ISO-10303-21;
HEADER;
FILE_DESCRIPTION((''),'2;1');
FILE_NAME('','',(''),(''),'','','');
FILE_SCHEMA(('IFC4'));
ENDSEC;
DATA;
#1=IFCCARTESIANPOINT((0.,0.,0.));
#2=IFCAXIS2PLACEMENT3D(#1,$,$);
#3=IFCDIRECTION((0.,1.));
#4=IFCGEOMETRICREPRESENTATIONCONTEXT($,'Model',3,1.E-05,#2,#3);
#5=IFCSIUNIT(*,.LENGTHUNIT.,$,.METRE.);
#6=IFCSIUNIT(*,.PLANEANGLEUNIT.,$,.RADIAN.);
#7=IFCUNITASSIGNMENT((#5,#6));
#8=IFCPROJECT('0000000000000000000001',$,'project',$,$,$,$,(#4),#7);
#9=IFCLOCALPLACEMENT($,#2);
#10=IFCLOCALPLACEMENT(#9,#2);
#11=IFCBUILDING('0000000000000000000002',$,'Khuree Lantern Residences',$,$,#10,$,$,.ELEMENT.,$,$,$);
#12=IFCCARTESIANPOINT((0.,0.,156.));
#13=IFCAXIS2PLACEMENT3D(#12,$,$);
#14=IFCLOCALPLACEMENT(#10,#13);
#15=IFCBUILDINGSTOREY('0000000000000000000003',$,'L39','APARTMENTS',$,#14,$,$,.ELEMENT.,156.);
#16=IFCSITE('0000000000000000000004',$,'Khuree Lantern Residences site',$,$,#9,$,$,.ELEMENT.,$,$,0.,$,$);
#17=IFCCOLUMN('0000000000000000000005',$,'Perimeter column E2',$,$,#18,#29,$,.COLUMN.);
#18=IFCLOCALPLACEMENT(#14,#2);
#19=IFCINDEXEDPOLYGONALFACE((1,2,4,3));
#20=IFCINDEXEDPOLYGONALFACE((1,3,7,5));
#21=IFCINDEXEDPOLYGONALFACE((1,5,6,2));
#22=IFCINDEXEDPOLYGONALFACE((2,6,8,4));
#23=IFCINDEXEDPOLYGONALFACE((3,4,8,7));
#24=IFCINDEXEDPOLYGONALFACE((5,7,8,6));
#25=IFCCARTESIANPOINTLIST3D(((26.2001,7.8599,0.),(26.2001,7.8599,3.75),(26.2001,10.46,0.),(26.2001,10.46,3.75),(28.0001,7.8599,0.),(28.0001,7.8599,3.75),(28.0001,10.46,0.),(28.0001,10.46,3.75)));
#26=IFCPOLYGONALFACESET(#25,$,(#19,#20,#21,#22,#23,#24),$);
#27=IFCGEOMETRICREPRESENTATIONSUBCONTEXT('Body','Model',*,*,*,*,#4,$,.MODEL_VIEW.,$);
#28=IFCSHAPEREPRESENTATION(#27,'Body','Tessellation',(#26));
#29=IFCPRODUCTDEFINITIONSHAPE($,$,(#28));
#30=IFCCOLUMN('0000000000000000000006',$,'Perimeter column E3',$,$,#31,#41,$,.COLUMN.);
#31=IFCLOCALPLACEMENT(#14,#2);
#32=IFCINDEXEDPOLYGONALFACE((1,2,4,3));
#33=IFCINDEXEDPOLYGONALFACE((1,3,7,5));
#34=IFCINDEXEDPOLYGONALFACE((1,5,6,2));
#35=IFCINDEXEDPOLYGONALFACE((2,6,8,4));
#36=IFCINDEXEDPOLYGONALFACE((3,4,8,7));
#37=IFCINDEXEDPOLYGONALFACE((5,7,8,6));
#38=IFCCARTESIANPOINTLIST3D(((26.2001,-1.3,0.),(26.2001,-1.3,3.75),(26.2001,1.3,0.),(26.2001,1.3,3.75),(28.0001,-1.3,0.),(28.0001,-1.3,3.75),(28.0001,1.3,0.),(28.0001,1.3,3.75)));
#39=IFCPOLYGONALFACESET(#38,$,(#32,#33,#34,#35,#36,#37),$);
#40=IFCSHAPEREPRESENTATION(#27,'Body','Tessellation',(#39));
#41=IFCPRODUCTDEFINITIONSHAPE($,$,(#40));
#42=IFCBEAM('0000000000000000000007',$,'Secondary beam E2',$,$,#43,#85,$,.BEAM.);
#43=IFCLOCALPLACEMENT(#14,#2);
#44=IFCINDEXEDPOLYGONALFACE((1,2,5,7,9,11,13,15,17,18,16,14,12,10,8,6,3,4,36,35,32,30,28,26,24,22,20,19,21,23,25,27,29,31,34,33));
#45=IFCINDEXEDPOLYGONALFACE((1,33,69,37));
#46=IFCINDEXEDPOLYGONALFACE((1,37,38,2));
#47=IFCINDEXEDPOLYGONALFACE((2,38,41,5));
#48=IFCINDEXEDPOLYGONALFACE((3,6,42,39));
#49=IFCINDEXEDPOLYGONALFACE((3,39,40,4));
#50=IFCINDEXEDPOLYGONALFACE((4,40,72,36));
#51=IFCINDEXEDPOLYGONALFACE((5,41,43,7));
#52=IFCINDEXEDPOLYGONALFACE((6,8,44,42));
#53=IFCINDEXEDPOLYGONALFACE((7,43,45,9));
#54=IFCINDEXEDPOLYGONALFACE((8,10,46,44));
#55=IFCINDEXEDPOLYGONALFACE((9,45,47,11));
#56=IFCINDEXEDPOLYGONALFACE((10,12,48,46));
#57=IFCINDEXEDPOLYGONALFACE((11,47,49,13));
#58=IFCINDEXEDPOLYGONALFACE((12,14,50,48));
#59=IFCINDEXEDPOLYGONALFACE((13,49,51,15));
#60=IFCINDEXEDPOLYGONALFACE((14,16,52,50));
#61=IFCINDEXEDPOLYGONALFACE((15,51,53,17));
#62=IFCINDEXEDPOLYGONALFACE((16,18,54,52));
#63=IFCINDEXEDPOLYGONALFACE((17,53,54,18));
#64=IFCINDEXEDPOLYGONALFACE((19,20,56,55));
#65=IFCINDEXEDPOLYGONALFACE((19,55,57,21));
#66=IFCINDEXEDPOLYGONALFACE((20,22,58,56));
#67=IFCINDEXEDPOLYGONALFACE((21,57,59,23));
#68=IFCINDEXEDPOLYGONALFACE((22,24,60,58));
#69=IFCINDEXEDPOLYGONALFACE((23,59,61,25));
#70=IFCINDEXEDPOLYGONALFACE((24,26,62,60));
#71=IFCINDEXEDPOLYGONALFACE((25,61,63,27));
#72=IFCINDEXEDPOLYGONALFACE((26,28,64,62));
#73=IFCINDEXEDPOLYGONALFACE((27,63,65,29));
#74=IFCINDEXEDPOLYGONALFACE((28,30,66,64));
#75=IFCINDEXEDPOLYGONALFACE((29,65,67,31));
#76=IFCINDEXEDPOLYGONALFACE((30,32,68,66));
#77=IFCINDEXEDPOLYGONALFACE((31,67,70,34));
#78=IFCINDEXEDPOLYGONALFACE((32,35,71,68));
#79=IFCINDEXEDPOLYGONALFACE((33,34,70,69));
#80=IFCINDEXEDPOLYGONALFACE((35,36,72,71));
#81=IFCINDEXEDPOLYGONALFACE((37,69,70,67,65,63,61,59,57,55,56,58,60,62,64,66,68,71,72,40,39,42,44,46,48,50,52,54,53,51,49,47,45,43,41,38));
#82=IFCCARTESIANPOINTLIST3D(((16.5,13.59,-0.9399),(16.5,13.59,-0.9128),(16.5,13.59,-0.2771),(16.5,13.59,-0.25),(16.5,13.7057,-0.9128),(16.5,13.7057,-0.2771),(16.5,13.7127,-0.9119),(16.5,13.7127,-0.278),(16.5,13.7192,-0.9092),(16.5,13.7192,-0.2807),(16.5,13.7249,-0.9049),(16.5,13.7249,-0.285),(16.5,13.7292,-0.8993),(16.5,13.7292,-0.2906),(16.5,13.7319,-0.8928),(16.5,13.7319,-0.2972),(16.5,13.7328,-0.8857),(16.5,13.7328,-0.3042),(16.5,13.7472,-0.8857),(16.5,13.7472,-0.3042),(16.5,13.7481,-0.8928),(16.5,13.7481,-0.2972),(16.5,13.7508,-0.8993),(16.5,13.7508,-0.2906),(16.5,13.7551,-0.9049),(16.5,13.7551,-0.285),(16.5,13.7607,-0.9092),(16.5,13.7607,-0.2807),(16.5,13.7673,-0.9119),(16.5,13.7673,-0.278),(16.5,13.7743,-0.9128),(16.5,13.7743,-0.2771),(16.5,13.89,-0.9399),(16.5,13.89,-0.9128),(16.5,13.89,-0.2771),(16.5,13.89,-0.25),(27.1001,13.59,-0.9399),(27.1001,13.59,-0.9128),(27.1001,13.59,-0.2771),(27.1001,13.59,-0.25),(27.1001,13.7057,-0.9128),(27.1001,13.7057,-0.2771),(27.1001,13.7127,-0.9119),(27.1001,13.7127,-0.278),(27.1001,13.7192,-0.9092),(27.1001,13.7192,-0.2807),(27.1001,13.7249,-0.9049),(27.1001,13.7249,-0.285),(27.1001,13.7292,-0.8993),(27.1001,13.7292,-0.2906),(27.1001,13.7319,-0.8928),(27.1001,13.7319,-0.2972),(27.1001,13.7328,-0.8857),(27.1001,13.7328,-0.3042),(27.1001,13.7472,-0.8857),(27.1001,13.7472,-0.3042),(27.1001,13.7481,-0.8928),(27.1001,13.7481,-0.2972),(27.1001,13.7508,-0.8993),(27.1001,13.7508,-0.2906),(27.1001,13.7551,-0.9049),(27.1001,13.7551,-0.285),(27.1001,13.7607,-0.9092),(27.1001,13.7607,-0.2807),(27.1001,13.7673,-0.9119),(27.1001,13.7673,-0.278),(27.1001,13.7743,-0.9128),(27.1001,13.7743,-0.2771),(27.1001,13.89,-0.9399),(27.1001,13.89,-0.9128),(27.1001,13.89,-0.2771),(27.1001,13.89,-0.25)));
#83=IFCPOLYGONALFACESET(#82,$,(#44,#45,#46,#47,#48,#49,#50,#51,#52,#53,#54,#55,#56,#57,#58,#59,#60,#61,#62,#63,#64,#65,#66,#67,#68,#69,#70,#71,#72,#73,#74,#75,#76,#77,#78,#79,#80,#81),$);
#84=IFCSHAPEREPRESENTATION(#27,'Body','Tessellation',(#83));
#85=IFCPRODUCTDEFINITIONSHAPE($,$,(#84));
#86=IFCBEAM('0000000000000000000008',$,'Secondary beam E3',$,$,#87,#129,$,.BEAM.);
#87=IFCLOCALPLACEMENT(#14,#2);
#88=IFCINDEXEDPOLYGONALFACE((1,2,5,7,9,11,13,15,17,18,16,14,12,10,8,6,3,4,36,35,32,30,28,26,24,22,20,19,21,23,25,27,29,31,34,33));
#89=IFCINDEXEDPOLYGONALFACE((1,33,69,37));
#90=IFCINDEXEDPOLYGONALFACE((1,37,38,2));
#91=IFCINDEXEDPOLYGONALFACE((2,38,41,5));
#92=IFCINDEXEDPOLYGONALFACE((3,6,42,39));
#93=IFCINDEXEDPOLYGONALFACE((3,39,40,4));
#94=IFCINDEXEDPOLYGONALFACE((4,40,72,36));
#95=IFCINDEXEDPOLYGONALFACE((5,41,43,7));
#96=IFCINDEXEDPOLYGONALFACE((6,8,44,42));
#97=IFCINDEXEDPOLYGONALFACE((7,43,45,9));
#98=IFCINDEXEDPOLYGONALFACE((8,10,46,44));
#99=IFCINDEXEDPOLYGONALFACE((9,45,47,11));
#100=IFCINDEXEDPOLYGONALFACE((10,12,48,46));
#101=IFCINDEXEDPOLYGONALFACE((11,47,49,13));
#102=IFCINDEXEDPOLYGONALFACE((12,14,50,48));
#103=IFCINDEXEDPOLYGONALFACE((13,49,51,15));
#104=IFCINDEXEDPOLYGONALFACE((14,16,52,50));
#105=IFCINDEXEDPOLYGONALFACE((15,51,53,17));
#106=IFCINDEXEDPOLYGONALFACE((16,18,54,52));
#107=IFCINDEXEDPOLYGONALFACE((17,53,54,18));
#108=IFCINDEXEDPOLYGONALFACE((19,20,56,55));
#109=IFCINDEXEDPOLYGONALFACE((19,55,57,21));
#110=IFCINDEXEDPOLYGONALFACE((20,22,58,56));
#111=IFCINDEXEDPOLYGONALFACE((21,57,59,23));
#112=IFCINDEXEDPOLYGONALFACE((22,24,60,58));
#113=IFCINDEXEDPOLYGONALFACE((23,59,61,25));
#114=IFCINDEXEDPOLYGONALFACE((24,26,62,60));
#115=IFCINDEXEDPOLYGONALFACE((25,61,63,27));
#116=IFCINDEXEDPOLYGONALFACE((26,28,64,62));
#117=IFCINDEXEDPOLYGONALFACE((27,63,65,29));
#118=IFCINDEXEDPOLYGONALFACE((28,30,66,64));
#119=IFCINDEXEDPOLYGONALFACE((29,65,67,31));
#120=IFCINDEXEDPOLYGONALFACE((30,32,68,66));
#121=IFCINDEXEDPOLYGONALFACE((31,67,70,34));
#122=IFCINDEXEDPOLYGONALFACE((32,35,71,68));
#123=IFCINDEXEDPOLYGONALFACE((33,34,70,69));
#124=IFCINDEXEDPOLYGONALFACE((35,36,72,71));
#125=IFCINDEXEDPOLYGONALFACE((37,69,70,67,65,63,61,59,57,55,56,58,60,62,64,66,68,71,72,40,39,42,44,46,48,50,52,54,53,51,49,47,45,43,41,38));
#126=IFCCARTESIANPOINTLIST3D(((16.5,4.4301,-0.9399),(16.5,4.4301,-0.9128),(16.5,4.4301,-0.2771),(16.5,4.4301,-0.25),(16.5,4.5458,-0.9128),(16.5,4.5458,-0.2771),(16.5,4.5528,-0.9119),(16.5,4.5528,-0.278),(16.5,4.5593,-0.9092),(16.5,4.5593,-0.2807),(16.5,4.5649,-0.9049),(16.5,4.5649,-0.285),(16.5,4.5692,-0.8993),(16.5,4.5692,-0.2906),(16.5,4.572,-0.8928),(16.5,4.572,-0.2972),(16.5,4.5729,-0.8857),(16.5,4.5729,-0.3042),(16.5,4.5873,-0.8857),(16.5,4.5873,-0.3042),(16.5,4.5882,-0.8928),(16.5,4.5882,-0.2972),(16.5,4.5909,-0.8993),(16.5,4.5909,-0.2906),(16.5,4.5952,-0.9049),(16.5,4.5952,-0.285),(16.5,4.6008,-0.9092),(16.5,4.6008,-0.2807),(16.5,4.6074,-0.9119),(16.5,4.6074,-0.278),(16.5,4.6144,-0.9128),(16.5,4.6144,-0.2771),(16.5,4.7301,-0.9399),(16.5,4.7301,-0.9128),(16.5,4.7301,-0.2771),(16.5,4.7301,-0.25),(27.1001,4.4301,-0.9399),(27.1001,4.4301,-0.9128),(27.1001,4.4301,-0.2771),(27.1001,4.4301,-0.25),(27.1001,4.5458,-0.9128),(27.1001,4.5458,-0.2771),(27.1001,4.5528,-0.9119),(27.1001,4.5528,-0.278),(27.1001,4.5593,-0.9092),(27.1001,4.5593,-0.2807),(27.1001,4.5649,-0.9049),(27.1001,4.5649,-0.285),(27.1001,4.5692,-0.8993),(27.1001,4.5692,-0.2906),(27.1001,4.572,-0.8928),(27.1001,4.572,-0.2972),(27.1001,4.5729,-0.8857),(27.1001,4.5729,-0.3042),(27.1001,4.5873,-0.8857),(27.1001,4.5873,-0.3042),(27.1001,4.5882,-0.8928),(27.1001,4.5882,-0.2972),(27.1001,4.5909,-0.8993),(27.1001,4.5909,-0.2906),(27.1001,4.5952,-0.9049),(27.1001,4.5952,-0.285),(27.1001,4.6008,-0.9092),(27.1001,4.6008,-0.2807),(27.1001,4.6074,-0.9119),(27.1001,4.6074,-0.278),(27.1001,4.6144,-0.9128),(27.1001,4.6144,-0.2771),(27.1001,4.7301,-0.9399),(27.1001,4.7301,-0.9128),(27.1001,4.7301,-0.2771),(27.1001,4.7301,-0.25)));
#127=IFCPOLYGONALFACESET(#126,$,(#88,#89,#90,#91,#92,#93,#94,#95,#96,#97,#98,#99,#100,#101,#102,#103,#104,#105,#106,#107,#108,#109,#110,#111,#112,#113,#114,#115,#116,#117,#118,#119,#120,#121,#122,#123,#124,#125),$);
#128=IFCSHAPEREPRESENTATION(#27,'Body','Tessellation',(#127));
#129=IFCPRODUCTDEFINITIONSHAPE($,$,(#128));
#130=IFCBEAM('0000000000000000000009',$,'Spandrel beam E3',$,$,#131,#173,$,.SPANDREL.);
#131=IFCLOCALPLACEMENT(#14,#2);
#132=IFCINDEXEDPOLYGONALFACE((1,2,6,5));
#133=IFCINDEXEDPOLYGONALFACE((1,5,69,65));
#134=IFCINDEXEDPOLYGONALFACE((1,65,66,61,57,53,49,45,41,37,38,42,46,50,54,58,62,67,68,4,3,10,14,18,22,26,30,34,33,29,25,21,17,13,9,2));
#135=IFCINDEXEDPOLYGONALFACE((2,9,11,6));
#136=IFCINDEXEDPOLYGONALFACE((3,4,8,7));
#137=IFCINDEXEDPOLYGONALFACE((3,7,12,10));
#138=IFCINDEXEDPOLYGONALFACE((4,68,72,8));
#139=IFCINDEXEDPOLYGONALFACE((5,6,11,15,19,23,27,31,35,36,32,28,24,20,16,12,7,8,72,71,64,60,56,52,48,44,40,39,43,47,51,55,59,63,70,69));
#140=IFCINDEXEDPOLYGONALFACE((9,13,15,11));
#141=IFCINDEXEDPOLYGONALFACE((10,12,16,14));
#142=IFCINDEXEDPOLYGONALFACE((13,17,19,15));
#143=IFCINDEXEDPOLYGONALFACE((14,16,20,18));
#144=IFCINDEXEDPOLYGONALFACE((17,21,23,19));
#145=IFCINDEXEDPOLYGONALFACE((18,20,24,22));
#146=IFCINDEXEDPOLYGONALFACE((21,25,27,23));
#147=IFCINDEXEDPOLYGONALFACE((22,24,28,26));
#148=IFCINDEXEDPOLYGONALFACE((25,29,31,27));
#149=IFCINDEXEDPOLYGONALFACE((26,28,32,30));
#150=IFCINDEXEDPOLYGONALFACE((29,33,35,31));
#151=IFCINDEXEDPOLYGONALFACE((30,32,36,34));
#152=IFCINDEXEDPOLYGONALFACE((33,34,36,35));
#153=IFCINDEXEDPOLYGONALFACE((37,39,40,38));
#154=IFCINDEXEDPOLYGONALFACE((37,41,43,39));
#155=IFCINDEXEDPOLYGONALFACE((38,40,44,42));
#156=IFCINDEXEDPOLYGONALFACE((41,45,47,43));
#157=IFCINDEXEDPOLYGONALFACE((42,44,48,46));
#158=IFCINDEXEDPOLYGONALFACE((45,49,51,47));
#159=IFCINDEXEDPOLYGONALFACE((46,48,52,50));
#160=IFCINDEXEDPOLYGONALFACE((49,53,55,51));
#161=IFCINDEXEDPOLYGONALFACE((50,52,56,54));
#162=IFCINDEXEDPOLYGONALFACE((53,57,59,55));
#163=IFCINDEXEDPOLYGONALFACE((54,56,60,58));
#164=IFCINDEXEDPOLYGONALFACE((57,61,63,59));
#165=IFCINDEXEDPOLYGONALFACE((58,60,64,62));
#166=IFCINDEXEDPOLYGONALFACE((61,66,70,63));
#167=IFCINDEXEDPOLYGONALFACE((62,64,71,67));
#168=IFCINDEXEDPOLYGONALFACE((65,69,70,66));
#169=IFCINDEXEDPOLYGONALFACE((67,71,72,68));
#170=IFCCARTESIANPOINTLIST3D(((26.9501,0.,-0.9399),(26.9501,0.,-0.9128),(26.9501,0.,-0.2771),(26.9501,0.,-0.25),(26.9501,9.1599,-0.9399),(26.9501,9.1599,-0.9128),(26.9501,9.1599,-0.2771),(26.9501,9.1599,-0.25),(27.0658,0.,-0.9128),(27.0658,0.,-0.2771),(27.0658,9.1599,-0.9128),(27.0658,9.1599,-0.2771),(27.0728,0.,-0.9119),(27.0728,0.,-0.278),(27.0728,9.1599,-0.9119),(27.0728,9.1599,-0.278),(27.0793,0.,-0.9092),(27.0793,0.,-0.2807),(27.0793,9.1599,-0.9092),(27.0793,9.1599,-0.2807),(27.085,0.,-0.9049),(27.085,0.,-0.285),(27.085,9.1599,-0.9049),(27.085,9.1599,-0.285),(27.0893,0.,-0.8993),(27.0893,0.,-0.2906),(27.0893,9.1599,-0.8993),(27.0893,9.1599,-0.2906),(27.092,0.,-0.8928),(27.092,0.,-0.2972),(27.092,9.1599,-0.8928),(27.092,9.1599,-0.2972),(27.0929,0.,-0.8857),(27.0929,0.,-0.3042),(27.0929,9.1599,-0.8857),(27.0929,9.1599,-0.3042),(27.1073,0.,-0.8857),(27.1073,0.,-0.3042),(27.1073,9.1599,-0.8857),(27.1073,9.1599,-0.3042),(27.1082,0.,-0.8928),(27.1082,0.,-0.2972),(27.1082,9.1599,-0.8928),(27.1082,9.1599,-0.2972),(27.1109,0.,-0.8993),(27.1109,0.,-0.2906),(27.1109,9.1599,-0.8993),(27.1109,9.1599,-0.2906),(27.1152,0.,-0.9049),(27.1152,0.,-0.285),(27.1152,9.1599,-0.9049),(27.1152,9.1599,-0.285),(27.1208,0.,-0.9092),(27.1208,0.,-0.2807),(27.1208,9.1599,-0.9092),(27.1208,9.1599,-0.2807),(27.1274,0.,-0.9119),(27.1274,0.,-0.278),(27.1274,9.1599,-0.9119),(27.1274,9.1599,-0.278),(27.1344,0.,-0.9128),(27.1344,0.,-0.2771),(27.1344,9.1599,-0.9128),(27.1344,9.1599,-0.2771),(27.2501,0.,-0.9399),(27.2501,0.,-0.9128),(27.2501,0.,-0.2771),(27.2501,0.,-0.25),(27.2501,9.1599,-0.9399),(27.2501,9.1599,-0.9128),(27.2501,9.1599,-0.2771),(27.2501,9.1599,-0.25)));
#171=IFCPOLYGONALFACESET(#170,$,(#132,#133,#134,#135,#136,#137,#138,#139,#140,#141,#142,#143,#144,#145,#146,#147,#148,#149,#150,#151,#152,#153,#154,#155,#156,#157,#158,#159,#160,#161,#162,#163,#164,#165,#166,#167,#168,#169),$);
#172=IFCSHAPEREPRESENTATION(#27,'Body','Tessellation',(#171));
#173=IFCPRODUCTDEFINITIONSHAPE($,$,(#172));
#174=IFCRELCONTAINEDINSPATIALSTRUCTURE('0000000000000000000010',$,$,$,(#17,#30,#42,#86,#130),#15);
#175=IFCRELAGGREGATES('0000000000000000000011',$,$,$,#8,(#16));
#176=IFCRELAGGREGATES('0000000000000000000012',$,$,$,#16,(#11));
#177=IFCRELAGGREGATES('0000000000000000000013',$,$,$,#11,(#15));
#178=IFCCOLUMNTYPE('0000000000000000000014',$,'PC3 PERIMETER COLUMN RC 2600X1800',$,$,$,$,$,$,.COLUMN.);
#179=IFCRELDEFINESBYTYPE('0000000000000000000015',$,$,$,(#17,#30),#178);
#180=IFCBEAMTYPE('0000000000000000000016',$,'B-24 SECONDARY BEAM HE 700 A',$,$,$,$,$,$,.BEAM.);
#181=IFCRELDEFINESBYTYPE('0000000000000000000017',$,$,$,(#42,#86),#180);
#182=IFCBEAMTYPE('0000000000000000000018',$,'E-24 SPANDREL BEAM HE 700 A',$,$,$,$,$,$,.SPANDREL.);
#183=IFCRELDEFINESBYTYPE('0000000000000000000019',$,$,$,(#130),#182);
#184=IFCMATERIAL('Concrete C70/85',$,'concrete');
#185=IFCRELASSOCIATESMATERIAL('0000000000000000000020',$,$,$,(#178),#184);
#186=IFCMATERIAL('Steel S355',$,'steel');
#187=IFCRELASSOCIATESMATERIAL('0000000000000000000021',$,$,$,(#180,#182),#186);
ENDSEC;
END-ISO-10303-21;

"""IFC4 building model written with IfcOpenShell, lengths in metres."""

from ifc_helpers import new_model, si_unit, direction, frame, origin, origin_2d, place, context, subcontext, project, spatial, rectangle, i_section, extrude, material, material_profile, profile_set, type_object, element, save


model = new_model("IFC4")

# Units and contexts
model_context = context("Model", 3, precision=1e-05, world=origin(), true_north=direction((0.0, 1.0)))
body_context = subcontext(model_context, "Body", "Model", "MODEL_VIEW")
ifc_project = project(units=[si_unit("LENGTHUNIT", "METRE"), si_unit("PLANEANGLEUNIT", "RADIAN")], contexts=[model_context])

# Site, building, storey
site_placement = place(None, origin())
site = spatial("IfcSite", under=ifc_project, at=site_placement, Name="Khuree Lantern Residences site", CompositionType="ELEMENT", RefElevation=0.0)
building_placement = place(site_placement, origin())
building = spatial("IfcBuilding", under=site, at=building_placement, Name="Khuree Lantern Residences", CompositionType="ELEMENT")
storey_placement = place(building_placement, frame((0.0, 0.0, 156.0)))
storey = spatial("IfcBuildingStorey", under=building, at=storey_placement, Name="L39", Description="APARTMENTS", CompositionType="ELEMENT", Elevation=156.0)

# Columns
ifc_material_1 = material(Name="Concrete C70/85", Category="concrete")
ifc_material_profile_1 = material_profile(ifc_material_1, rectangle(XDim=2.6001, YDim=1.8, at=origin_2d()), Name="RC 2600X1800")
ifc_profile_set_1 = profile_set([ifc_material_profile_1], Name="Concrete C70/85")
column_type = type_object("IfcColumnType", Name="PC3 PERIMETER COLUMN RC 2600X1800", PredefinedType="COLUMN", material=ifc_profile_set_1)
for number, where, z_axis, x_axis, name in (
    (1, (27.1001, 9.1599, 0.0), (0.0, 0.0, 1.0), (0.0, 1.0, 0.0), "Perimeter column E2"),
    (2, (27.1001, 0.0, 0.0), (0.0, 0.0, 1.0), (0.0, 1.0, 0.0), "Perimeter column E3"),
):
    element("IfcColumn", number, at=place(storey_placement, frame(where, z_axis=z_axis, x_axis=x_axis)), inside=storey, type_object=column_type, Name=name, PredefinedType="COLUMN", context=body_context, shape_type="SweptSolid", body=[
        extrude(rectangle(XDim=2.6001, YDim=1.8, at=origin_2d()), origin(), (0.0, 0.0, 1.0), 3.75),
    ])

# Beams
ifc_material_2 = material(Name="Steel S355", Category="steel")
ifc_material_profile_2 = material_profile(ifc_material_2, i_section(OverallWidth=0.3, OverallDepth=0.6899, WebThickness=0.0144, FlangeThickness=0.0271, FilletRadius=0.0271, at=origin_2d()), Name="HE 700 A")
ifc_profile_set_2 = profile_set([ifc_material_profile_2], Name="Steel S355")
beam_type_1 = type_object("IfcBeamType", Name="B-24 SECONDARY BEAM HE 700 A", PredefinedType="BEAM", material=ifc_profile_set_2)
for number, where, z_axis, x_axis, name in (
    (3, (27.1001, 13.74, -0.595), (-1.0, 0.0, 0.0), (0.0, -1.0, 0.0), "Secondary beam E2"),
    (4, (27.1001, 4.5801, -0.595), (-1.0, 0.0, 0.0), (0.0, -1.0, 0.0), "Secondary beam E3"),
):
    element("IfcBeam", number, at=place(storey_placement, frame(where, z_axis=z_axis, x_axis=x_axis)), inside=storey, type_object=beam_type_1, Name=name, PredefinedType="BEAM", context=body_context, shape_type="SweptSolid", body=[
        extrude(i_section(OverallWidth=0.3, OverallDepth=0.6899, WebThickness=0.0144, FlangeThickness=0.0271, FilletRadius=0.0271, at=origin_2d()), origin(), (0.0, 0.0, 1.0), 10.6001),
    ])
ifc_material_profile_3 = material_profile(ifc_material_2, i_section(OverallWidth=0.3, OverallDepth=0.6899, WebThickness=0.0144, FlangeThickness=0.0271, FilletRadius=0.0271, at=origin_2d()), Name="HE 700 A")
ifc_profile_set_3 = profile_set([ifc_material_profile_3], Name="Steel S355")
beam_type_2 = type_object("IfcBeamType", Name="E-24 SPANDREL BEAM HE 700 A", PredefinedType="SPANDREL", material=ifc_profile_set_3)
for number, where, z_axis, x_axis, name in (
    (5, (27.1001, 9.1599, -0.595), (0.0, -1.0, 0.0), (1.0, 0.0, 0.0), "Spandrel beam E3"),
):
    element("IfcBeam", number, at=place(storey_placement, frame(where, z_axis=z_axis, x_axis=x_axis)), inside=storey, type_object=beam_type_2, Name=name, PredefinedType="SPANDREL", context=body_context, shape_type="SweptSolid", body=[
        extrude(i_section(OverallWidth=0.3, OverallDepth=0.6899, WebThickness=0.0144, FlangeThickness=0.0271, FilletRadius=0.0271, at=origin_2d()), origin(), (0.0, 0.0, 1.0), 9.1599),
    ])

save(model, "model.ifc")
